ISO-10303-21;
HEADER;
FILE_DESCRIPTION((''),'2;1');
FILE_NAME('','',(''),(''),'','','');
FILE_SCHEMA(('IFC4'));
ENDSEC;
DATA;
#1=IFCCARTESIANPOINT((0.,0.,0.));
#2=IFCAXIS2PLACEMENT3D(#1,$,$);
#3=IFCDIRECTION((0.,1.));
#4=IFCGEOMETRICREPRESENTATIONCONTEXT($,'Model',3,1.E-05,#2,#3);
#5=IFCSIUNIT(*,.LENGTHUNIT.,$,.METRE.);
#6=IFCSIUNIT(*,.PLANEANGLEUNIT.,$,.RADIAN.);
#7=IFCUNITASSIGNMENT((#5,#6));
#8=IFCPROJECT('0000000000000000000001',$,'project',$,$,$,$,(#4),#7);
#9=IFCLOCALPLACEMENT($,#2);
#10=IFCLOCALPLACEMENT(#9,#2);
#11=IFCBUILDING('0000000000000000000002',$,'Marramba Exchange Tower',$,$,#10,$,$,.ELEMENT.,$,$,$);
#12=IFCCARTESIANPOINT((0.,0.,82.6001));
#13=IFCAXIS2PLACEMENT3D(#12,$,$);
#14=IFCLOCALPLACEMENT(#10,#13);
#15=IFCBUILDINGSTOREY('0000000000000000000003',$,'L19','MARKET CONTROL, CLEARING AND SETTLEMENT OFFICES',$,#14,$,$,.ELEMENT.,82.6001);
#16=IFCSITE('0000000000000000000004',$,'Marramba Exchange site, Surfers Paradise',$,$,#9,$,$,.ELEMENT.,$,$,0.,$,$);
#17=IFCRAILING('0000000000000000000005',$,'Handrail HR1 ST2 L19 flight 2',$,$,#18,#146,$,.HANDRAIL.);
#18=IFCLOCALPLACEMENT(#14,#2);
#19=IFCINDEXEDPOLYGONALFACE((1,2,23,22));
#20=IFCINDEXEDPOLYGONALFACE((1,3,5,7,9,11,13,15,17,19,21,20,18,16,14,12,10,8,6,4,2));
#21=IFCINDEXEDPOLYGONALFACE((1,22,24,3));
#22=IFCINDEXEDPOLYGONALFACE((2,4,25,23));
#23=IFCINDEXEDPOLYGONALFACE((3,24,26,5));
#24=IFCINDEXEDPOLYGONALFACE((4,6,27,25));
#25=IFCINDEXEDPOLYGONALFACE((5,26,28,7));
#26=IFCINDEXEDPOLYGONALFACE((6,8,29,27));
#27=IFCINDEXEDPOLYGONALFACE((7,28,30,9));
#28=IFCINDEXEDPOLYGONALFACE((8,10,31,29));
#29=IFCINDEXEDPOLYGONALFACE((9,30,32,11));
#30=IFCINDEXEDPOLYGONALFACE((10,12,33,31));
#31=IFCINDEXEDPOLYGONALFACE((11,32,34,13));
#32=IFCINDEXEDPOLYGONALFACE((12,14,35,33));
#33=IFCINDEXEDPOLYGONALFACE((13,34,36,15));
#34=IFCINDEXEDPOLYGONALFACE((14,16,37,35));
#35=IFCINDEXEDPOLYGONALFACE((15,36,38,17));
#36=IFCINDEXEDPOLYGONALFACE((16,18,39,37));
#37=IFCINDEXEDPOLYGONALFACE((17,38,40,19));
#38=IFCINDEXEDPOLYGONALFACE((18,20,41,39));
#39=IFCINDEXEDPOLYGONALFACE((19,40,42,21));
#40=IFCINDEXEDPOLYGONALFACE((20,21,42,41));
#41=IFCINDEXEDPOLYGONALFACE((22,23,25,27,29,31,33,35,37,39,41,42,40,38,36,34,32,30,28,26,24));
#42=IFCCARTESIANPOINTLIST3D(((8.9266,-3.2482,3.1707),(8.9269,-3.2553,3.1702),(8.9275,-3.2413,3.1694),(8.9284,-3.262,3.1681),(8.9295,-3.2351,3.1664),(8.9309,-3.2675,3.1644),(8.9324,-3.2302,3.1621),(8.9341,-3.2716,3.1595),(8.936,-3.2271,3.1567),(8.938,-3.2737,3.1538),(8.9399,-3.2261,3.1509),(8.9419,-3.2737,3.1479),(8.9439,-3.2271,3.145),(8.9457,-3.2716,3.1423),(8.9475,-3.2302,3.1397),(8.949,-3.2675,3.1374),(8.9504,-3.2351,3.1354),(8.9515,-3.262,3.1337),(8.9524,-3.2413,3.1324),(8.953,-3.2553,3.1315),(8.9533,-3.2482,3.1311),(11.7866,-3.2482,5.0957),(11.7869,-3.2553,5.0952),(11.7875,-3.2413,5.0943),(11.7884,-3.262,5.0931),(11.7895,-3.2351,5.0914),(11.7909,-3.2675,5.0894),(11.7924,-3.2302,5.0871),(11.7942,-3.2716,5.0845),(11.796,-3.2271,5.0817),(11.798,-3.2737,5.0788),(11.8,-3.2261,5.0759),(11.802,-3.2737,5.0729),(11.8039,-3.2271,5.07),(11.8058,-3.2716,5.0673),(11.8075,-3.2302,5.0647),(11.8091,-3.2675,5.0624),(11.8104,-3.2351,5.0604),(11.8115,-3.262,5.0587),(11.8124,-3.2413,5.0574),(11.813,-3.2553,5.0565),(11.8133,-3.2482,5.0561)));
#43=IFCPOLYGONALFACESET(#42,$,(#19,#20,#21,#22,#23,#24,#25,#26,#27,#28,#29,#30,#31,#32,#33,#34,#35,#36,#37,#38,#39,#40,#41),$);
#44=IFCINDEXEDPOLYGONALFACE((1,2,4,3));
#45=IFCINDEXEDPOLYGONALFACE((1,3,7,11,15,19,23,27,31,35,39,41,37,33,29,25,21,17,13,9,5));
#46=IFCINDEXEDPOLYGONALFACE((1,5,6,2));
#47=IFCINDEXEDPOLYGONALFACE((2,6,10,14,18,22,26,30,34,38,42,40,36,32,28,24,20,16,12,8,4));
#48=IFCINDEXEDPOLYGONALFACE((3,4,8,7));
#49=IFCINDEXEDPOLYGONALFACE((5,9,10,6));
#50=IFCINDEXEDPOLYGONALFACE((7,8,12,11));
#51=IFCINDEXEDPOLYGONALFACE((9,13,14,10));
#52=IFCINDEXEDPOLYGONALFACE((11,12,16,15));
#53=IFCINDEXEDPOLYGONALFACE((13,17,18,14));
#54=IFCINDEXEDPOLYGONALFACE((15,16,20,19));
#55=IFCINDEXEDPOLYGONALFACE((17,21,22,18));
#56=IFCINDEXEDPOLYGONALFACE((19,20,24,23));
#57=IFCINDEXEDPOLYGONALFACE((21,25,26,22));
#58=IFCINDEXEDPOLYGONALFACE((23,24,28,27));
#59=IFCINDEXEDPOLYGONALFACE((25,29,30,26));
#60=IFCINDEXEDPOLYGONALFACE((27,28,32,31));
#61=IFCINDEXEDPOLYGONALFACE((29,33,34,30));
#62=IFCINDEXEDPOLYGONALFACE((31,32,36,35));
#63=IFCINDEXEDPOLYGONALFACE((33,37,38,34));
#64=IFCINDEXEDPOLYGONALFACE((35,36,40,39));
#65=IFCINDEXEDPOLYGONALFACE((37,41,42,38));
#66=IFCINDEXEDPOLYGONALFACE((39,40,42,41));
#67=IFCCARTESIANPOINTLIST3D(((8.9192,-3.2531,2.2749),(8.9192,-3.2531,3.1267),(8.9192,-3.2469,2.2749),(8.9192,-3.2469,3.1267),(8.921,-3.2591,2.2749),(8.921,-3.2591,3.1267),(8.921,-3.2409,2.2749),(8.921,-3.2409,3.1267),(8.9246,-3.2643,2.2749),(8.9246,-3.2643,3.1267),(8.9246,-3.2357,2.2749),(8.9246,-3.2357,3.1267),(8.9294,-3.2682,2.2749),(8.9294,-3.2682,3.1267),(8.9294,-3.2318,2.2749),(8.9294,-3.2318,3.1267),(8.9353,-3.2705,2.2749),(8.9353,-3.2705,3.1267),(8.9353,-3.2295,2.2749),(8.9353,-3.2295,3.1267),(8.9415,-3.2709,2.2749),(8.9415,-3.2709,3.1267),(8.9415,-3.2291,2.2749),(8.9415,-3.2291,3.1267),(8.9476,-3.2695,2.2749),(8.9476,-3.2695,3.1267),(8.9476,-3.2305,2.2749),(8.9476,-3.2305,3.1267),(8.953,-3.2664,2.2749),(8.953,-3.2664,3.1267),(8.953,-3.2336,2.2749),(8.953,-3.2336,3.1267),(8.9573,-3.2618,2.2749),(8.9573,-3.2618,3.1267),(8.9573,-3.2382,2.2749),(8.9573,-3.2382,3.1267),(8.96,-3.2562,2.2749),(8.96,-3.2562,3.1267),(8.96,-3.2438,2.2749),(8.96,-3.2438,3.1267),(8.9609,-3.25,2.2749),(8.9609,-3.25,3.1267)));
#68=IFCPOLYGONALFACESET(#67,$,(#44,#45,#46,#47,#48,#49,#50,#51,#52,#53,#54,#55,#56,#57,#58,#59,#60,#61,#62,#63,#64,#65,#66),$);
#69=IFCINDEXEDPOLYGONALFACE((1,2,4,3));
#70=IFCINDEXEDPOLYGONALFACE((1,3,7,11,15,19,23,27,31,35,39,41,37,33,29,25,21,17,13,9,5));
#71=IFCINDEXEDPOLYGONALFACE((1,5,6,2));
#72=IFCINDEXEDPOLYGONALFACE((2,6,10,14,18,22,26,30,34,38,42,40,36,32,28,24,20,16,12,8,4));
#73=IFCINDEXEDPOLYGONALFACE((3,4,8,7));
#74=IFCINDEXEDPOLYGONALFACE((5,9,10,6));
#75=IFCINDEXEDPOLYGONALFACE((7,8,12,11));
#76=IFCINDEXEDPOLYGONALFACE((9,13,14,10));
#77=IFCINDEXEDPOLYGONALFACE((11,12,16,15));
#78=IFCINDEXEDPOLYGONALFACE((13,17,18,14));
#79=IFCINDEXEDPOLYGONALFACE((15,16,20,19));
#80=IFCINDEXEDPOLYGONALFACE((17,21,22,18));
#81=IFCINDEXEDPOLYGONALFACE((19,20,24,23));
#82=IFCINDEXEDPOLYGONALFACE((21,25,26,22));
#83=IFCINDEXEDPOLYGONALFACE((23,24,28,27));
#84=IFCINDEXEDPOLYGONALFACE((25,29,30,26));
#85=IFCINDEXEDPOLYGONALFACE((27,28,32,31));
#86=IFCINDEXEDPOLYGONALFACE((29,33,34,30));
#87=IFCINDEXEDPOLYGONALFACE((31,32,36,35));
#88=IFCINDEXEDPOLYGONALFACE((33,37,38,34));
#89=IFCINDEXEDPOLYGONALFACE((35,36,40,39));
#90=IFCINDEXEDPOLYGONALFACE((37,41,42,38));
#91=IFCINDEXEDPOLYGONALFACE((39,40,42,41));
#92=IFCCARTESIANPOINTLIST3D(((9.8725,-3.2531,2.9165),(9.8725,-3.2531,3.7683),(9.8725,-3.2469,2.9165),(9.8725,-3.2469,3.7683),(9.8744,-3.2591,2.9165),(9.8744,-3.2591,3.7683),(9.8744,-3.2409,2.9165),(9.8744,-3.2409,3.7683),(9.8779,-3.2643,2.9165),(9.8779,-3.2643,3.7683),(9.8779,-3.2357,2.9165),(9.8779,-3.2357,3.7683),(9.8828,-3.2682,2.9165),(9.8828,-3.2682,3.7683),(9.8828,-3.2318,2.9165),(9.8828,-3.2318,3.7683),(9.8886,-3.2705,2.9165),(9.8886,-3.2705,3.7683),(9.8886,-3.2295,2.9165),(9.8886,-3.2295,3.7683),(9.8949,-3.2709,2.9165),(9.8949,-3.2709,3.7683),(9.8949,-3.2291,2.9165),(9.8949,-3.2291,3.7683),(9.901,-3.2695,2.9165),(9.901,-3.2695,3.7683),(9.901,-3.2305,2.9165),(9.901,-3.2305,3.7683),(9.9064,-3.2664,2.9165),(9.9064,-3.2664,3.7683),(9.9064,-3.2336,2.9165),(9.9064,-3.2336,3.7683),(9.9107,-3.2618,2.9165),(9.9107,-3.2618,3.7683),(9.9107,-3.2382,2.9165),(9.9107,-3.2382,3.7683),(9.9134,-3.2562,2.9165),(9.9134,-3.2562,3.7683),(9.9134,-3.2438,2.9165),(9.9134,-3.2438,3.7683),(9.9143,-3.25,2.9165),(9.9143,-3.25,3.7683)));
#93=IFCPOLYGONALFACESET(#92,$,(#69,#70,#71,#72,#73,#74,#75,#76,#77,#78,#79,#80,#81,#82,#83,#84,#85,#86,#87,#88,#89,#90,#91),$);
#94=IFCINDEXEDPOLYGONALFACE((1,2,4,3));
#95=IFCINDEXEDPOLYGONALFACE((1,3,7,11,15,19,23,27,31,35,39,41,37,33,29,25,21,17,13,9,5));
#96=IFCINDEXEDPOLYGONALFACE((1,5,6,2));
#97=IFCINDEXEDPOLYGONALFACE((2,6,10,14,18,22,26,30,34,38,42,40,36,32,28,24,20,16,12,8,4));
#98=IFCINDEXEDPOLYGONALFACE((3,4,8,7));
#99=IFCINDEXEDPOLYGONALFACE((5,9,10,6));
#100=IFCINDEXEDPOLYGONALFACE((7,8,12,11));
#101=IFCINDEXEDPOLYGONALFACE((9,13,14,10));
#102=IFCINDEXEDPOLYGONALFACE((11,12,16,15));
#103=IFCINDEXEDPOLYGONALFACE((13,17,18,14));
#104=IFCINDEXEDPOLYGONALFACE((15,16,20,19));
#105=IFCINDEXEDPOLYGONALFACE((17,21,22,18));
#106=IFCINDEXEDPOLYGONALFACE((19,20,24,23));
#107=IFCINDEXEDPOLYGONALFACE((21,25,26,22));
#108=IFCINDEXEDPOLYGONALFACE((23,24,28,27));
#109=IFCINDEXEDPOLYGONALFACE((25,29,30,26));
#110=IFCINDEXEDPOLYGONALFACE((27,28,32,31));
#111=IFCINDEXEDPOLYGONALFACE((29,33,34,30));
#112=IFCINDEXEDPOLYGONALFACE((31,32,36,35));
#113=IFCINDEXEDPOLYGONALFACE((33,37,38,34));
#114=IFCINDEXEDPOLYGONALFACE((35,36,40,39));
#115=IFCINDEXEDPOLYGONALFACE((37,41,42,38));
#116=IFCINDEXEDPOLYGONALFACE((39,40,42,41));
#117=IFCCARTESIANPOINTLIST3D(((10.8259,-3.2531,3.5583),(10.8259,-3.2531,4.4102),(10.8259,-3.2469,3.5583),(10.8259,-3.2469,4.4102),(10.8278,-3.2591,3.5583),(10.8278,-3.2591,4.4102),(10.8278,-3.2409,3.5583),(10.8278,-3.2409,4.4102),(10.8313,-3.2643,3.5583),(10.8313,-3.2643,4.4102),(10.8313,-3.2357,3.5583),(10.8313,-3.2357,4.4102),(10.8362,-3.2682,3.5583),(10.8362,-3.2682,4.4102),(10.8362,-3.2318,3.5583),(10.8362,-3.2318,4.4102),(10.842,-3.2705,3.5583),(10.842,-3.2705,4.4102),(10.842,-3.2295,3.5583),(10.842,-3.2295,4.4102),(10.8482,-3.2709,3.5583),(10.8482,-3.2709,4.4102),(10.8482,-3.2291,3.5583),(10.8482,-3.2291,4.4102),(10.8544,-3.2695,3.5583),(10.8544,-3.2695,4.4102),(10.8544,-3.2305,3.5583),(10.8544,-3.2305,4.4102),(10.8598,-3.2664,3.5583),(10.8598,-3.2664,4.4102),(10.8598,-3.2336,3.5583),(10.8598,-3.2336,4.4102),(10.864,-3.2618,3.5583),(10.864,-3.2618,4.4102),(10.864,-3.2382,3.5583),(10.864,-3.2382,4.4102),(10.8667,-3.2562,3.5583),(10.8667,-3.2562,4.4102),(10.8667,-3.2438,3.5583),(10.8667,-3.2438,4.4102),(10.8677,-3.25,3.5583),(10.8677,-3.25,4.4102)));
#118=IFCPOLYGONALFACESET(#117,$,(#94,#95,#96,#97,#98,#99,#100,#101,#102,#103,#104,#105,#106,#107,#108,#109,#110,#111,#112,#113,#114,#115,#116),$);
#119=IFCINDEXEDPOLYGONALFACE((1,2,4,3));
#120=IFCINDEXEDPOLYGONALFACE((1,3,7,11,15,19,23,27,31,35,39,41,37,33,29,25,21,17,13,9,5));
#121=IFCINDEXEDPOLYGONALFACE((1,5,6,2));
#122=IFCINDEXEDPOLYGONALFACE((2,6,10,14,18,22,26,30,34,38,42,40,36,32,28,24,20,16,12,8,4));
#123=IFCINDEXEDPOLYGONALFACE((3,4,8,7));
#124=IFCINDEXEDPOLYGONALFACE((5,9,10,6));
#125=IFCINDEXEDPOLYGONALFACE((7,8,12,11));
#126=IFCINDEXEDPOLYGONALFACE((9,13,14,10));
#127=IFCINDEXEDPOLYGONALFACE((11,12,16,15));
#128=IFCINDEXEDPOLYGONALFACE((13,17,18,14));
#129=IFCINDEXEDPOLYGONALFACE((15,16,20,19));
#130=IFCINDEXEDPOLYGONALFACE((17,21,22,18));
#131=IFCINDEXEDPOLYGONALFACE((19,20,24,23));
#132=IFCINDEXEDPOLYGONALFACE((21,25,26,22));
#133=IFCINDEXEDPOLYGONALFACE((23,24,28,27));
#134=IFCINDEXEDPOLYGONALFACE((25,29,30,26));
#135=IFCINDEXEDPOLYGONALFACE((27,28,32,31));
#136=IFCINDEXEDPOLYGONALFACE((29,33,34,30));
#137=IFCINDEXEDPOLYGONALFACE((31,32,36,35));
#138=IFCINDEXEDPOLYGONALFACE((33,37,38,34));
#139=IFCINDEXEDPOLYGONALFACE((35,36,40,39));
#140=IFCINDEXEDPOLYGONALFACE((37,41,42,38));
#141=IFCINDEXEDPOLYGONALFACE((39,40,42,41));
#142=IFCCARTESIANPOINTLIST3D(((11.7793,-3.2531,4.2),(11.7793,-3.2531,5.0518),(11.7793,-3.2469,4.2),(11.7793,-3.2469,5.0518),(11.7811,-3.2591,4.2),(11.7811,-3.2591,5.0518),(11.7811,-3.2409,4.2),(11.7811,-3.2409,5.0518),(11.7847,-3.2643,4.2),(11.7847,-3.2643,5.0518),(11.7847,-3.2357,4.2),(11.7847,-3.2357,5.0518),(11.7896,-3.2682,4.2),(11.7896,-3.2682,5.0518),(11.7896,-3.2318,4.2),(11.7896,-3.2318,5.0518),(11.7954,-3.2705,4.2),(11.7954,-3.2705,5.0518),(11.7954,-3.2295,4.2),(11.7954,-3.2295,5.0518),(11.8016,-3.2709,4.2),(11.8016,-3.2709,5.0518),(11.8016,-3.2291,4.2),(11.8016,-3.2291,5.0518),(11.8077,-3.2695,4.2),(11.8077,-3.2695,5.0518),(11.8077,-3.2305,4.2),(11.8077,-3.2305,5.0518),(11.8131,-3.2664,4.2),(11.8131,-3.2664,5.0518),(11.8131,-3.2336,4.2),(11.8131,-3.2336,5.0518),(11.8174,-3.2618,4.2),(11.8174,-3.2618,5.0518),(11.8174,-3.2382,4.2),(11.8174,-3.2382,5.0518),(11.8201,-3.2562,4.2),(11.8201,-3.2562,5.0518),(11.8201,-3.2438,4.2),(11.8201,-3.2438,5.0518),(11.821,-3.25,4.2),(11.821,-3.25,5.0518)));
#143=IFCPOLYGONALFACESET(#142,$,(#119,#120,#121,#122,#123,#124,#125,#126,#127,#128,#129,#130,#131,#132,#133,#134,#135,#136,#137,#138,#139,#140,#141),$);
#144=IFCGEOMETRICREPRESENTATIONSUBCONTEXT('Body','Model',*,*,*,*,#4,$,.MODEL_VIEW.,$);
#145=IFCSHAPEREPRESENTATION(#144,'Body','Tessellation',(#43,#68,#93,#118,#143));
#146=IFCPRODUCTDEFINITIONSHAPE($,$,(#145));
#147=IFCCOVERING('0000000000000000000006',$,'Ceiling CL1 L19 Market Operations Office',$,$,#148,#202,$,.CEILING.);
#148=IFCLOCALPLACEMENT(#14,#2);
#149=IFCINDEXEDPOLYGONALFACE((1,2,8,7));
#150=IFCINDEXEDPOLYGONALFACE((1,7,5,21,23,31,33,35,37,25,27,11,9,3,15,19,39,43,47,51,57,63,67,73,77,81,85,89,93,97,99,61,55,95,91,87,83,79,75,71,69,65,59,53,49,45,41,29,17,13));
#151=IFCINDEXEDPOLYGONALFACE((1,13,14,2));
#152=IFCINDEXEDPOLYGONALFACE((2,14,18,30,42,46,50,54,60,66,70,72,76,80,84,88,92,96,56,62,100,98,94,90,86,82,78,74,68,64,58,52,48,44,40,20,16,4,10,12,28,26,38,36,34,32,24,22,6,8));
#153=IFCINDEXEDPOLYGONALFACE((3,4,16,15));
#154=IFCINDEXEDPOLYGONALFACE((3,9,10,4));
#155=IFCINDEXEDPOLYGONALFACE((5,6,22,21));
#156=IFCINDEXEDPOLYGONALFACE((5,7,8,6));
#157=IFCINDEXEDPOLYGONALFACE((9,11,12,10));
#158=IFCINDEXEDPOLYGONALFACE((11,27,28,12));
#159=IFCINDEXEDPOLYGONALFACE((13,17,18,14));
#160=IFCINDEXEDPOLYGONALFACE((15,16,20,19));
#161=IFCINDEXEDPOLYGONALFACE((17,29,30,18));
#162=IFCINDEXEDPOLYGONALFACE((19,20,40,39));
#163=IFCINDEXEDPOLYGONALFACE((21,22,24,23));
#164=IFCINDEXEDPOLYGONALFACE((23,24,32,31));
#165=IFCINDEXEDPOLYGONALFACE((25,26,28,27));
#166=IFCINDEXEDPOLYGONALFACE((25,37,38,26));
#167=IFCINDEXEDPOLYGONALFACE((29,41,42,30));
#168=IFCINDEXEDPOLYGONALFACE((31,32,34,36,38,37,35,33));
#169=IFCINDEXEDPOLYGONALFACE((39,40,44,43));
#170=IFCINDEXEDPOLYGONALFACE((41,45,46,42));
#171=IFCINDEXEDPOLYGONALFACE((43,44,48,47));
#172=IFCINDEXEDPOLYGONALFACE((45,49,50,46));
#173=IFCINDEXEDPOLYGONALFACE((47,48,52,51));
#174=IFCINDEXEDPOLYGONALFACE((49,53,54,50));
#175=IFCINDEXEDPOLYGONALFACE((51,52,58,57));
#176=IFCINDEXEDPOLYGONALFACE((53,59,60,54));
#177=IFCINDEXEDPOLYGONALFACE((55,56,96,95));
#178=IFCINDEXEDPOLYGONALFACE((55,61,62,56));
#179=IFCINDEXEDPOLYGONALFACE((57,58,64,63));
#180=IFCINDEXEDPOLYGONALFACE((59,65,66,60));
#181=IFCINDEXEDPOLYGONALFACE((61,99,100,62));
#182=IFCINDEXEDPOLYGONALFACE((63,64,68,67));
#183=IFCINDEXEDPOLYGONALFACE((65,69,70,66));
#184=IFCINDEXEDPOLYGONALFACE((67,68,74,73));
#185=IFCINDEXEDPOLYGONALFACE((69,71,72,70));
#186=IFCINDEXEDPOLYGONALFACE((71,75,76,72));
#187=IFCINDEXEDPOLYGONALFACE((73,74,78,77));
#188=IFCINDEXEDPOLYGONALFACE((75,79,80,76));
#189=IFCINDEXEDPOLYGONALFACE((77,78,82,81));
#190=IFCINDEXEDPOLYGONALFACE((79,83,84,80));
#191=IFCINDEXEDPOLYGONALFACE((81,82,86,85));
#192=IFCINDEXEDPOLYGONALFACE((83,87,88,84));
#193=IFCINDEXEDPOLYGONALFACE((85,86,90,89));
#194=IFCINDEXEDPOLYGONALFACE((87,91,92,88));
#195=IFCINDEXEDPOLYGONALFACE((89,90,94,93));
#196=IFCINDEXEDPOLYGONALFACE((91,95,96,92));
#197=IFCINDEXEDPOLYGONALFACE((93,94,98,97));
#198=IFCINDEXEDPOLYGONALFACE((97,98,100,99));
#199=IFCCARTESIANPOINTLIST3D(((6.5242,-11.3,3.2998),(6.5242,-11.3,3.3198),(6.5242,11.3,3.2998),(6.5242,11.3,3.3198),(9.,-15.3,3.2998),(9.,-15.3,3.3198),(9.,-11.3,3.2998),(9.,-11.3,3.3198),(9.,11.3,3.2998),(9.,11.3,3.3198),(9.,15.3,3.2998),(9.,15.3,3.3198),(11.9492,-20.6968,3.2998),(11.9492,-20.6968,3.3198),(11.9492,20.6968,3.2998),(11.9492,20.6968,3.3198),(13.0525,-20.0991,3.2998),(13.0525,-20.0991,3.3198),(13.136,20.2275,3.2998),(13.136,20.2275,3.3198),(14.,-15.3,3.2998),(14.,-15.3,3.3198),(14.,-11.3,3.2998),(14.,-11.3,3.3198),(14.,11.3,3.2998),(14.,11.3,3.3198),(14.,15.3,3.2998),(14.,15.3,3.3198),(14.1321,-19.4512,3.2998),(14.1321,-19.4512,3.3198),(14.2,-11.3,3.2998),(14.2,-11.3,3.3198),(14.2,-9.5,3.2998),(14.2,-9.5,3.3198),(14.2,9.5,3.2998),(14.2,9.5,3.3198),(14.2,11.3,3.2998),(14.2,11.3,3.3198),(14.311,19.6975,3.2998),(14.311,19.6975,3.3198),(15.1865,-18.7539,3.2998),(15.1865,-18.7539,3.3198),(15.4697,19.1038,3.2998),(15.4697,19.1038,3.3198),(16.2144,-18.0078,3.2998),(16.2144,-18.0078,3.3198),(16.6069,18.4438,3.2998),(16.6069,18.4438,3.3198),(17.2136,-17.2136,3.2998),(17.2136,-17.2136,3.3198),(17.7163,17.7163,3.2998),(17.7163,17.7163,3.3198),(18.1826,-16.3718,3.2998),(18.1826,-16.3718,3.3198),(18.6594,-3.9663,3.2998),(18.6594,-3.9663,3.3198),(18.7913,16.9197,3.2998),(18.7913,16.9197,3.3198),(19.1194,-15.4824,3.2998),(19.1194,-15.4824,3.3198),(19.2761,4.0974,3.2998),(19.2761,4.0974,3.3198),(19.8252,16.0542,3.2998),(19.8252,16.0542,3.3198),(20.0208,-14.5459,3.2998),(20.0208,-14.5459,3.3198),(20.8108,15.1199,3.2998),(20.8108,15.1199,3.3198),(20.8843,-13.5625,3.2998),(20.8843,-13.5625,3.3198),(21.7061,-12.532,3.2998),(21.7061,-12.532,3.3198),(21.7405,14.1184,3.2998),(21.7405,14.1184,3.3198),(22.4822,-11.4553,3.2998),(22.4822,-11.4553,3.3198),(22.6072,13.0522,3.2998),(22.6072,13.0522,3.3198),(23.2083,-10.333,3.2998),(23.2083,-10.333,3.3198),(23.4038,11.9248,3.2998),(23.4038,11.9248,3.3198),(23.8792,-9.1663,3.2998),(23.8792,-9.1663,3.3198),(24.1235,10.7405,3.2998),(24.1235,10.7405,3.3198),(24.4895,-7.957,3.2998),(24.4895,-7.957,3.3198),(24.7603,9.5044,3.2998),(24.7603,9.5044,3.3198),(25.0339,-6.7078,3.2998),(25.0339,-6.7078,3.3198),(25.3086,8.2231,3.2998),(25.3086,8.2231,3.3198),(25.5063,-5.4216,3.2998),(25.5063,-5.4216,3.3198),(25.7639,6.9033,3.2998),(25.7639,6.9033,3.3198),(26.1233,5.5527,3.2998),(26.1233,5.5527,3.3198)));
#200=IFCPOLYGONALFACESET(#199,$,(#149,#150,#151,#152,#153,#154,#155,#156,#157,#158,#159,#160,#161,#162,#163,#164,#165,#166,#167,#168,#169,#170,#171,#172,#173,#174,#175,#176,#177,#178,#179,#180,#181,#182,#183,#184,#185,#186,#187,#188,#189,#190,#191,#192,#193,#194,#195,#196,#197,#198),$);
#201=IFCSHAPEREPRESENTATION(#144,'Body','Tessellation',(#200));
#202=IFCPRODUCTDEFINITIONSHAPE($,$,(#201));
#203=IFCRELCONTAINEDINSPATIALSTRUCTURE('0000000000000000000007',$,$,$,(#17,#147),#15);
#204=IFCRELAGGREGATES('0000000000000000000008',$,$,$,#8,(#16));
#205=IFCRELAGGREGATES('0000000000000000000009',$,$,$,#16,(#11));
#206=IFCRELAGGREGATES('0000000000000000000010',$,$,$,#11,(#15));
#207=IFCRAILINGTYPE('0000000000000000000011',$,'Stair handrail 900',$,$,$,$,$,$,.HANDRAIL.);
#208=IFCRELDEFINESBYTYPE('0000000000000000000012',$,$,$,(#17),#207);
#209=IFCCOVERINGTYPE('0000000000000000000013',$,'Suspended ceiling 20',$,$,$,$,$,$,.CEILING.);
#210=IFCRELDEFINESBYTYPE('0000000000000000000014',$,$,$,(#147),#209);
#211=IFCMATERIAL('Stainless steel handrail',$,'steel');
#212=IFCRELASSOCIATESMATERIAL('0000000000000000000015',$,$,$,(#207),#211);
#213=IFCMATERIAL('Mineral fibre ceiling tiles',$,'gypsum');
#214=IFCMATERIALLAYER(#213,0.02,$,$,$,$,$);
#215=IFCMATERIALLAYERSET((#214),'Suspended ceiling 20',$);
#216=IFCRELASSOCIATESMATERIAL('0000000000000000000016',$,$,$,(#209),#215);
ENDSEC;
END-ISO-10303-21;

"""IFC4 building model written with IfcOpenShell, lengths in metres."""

from ifc_helpers import new_model, si_unit, direction, frame, origin, origin_2d, place, context, subcontext, project, spatial, polyline, circle, outline, extrude, material, layer, layer_set, type_object, element, save


model = new_model("IFC4")

# Units and contexts
model_context = context("Model", 3, precision=1e-05, world=origin(), true_north=direction((0.0, 1.0)))
body_context = subcontext(model_context, "Body", "Model", "MODEL_VIEW")
ifc_project = project(units=[si_unit("LENGTHUNIT", "METRE"), si_unit("PLANEANGLEUNIT", "RADIAN")], contexts=[model_context])

# Site, building, storey
site_placement = place(None, origin())
site = spatial("IfcSite", under=ifc_project, at=site_placement, Name="Marramba Exchange site, Surfers Paradise", CompositionType="ELEMENT", RefElevation=0.0)
building_placement = place(site_placement, origin())
building = spatial("IfcBuilding", under=site, at=building_placement, Name="Marramba Exchange Tower", CompositionType="ELEMENT")
storey_placement = place(building_placement, frame((0.0, 0.0, 82.6001)))
storey = spatial("IfcBuildingStorey", under=building, at=storey_placement, Name="L19", Description="MARKET CONTROL, CLEARING AND SETTLEMENT OFFICES", CompositionType="ELEMENT", Elevation=82.6001)

# Railing
ifc_material_1 = material(Name="Stainless steel handrail", Category="steel")
railing_type = type_object("IfcRailingType", Name="Stair handrail 900", PredefinedType="HANDRAIL", material=ifc_material_1)
railing_placement = place(storey_placement, frame((8.9399, -3.25, 2.2749)))
element("IfcRailing", 1, at=railing_placement, inside=storey, type_object=railing_type, Name="Handrail HR1 ST2 L19 flight 2", PredefinedType="HANDRAIL", context=body_context, shape_type="SweptSolid", body=[
    extrude(circle(Radius=0.0239, at=origin_2d()), frame((0.0, 0.0, 0.876), z_axis=(0.829591, 0.0, 0.558372), x_axis=(0.0, 1.0, 0.0)), (0.0, 0.0, 1.0), 3.4475),
    extrude(circle(Radius=0.021, at=origin_2d()), origin(), (0.0, 0.0, 1.0), 0.8518),
    extrude(circle(Radius=0.021, at=origin_2d()), frame((0.9534, 0.0, 0.6416)), (0.0, 0.0, 1.0), 0.8518),
    extrude(circle(Radius=0.021, at=origin_2d()), frame((1.9067, 0.0, 1.2834)), (0.0, 0.0, 1.0), 0.8518),
    extrude(circle(Radius=0.021, at=origin_2d()), frame((2.8601, 0.0, 1.925)), (0.0, 0.0, 1.0), 0.8518),
])

# Covering
ifc_material_2 = material(Name="Mineral fibre ceiling tiles", Category="gypsum")
ifc_layer_1 = layer(ifc_material_2, 0.02)
ifc_layer_set_1 = layer_set([ifc_layer_1], Name="Suspended ceiling 20")
covering_type_1 = type_object("IfcCoveringType", Name="Suspended ceiling 20", PredefinedType="CEILING", material=ifc_layer_set_1)
covering_1_placement = place(storey_placement, frame((0.0, 0.0, 3.2998)))
element("IfcCovering", 2, at=covering_1_placement, inside=storey, type_object=covering_type_1, Name="Ceiling CL1 L19 Market Operations Office", PredefinedType="CEILING", context=body_context, shape_type="SweptSolid", body=[
    extrude(outline(polyline([(14.2, -9.5), (14.2, 9.5), (14.2, 11.3), (14.0, 11.3), (14.0, 15.3), (9.0, 15.3), (9.0, 11.3), (6.5242, 11.3), (11.9492, 20.6968), (13.136, 20.2275), (14.311, 19.6975), (15.4697, 19.1038), (16.6069, 18.4438), (17.7163, 17.7163), (18.7913, 16.9197), (19.8252, 16.0542), (20.8108, 15.1199), (21.7405, 14.1184), (22.6072, 13.0522), (23.4038, 11.9248), (24.1235, 10.7405), (24.7603, 9.5044), (25.3086, 8.2231), (25.7639, 6.9033), (26.1233, 5.5527), (19.2761, 4.0974), (18.6594, -3.9663), (25.5063, -5.4216), (25.0339, -6.7078), (24.4895, -7.957), (23.8792, -9.1663), (23.2083, -10.333), (22.4822, -11.4553), (21.7061, -12.532), (20.8843, -13.5625), (20.0208, -14.5459), (19.1194, -15.4824), (18.1826, -16.3718), (17.2136, -17.2136), (16.2144, -18.0078), (15.1865, -18.7539), (14.1321, -19.4512), (13.0525, -20.0991), (11.9492, -20.6968), (6.5242, -11.3), (9.0, -11.3), (9.0, -15.3), (14.0, -15.3), (14.0, -11.3), (14.2, -11.3), (14.2, -9.5)])), origin(), (0.0, 0.0, 1.0), 0.02),
])

save(model, "model.ifc")
